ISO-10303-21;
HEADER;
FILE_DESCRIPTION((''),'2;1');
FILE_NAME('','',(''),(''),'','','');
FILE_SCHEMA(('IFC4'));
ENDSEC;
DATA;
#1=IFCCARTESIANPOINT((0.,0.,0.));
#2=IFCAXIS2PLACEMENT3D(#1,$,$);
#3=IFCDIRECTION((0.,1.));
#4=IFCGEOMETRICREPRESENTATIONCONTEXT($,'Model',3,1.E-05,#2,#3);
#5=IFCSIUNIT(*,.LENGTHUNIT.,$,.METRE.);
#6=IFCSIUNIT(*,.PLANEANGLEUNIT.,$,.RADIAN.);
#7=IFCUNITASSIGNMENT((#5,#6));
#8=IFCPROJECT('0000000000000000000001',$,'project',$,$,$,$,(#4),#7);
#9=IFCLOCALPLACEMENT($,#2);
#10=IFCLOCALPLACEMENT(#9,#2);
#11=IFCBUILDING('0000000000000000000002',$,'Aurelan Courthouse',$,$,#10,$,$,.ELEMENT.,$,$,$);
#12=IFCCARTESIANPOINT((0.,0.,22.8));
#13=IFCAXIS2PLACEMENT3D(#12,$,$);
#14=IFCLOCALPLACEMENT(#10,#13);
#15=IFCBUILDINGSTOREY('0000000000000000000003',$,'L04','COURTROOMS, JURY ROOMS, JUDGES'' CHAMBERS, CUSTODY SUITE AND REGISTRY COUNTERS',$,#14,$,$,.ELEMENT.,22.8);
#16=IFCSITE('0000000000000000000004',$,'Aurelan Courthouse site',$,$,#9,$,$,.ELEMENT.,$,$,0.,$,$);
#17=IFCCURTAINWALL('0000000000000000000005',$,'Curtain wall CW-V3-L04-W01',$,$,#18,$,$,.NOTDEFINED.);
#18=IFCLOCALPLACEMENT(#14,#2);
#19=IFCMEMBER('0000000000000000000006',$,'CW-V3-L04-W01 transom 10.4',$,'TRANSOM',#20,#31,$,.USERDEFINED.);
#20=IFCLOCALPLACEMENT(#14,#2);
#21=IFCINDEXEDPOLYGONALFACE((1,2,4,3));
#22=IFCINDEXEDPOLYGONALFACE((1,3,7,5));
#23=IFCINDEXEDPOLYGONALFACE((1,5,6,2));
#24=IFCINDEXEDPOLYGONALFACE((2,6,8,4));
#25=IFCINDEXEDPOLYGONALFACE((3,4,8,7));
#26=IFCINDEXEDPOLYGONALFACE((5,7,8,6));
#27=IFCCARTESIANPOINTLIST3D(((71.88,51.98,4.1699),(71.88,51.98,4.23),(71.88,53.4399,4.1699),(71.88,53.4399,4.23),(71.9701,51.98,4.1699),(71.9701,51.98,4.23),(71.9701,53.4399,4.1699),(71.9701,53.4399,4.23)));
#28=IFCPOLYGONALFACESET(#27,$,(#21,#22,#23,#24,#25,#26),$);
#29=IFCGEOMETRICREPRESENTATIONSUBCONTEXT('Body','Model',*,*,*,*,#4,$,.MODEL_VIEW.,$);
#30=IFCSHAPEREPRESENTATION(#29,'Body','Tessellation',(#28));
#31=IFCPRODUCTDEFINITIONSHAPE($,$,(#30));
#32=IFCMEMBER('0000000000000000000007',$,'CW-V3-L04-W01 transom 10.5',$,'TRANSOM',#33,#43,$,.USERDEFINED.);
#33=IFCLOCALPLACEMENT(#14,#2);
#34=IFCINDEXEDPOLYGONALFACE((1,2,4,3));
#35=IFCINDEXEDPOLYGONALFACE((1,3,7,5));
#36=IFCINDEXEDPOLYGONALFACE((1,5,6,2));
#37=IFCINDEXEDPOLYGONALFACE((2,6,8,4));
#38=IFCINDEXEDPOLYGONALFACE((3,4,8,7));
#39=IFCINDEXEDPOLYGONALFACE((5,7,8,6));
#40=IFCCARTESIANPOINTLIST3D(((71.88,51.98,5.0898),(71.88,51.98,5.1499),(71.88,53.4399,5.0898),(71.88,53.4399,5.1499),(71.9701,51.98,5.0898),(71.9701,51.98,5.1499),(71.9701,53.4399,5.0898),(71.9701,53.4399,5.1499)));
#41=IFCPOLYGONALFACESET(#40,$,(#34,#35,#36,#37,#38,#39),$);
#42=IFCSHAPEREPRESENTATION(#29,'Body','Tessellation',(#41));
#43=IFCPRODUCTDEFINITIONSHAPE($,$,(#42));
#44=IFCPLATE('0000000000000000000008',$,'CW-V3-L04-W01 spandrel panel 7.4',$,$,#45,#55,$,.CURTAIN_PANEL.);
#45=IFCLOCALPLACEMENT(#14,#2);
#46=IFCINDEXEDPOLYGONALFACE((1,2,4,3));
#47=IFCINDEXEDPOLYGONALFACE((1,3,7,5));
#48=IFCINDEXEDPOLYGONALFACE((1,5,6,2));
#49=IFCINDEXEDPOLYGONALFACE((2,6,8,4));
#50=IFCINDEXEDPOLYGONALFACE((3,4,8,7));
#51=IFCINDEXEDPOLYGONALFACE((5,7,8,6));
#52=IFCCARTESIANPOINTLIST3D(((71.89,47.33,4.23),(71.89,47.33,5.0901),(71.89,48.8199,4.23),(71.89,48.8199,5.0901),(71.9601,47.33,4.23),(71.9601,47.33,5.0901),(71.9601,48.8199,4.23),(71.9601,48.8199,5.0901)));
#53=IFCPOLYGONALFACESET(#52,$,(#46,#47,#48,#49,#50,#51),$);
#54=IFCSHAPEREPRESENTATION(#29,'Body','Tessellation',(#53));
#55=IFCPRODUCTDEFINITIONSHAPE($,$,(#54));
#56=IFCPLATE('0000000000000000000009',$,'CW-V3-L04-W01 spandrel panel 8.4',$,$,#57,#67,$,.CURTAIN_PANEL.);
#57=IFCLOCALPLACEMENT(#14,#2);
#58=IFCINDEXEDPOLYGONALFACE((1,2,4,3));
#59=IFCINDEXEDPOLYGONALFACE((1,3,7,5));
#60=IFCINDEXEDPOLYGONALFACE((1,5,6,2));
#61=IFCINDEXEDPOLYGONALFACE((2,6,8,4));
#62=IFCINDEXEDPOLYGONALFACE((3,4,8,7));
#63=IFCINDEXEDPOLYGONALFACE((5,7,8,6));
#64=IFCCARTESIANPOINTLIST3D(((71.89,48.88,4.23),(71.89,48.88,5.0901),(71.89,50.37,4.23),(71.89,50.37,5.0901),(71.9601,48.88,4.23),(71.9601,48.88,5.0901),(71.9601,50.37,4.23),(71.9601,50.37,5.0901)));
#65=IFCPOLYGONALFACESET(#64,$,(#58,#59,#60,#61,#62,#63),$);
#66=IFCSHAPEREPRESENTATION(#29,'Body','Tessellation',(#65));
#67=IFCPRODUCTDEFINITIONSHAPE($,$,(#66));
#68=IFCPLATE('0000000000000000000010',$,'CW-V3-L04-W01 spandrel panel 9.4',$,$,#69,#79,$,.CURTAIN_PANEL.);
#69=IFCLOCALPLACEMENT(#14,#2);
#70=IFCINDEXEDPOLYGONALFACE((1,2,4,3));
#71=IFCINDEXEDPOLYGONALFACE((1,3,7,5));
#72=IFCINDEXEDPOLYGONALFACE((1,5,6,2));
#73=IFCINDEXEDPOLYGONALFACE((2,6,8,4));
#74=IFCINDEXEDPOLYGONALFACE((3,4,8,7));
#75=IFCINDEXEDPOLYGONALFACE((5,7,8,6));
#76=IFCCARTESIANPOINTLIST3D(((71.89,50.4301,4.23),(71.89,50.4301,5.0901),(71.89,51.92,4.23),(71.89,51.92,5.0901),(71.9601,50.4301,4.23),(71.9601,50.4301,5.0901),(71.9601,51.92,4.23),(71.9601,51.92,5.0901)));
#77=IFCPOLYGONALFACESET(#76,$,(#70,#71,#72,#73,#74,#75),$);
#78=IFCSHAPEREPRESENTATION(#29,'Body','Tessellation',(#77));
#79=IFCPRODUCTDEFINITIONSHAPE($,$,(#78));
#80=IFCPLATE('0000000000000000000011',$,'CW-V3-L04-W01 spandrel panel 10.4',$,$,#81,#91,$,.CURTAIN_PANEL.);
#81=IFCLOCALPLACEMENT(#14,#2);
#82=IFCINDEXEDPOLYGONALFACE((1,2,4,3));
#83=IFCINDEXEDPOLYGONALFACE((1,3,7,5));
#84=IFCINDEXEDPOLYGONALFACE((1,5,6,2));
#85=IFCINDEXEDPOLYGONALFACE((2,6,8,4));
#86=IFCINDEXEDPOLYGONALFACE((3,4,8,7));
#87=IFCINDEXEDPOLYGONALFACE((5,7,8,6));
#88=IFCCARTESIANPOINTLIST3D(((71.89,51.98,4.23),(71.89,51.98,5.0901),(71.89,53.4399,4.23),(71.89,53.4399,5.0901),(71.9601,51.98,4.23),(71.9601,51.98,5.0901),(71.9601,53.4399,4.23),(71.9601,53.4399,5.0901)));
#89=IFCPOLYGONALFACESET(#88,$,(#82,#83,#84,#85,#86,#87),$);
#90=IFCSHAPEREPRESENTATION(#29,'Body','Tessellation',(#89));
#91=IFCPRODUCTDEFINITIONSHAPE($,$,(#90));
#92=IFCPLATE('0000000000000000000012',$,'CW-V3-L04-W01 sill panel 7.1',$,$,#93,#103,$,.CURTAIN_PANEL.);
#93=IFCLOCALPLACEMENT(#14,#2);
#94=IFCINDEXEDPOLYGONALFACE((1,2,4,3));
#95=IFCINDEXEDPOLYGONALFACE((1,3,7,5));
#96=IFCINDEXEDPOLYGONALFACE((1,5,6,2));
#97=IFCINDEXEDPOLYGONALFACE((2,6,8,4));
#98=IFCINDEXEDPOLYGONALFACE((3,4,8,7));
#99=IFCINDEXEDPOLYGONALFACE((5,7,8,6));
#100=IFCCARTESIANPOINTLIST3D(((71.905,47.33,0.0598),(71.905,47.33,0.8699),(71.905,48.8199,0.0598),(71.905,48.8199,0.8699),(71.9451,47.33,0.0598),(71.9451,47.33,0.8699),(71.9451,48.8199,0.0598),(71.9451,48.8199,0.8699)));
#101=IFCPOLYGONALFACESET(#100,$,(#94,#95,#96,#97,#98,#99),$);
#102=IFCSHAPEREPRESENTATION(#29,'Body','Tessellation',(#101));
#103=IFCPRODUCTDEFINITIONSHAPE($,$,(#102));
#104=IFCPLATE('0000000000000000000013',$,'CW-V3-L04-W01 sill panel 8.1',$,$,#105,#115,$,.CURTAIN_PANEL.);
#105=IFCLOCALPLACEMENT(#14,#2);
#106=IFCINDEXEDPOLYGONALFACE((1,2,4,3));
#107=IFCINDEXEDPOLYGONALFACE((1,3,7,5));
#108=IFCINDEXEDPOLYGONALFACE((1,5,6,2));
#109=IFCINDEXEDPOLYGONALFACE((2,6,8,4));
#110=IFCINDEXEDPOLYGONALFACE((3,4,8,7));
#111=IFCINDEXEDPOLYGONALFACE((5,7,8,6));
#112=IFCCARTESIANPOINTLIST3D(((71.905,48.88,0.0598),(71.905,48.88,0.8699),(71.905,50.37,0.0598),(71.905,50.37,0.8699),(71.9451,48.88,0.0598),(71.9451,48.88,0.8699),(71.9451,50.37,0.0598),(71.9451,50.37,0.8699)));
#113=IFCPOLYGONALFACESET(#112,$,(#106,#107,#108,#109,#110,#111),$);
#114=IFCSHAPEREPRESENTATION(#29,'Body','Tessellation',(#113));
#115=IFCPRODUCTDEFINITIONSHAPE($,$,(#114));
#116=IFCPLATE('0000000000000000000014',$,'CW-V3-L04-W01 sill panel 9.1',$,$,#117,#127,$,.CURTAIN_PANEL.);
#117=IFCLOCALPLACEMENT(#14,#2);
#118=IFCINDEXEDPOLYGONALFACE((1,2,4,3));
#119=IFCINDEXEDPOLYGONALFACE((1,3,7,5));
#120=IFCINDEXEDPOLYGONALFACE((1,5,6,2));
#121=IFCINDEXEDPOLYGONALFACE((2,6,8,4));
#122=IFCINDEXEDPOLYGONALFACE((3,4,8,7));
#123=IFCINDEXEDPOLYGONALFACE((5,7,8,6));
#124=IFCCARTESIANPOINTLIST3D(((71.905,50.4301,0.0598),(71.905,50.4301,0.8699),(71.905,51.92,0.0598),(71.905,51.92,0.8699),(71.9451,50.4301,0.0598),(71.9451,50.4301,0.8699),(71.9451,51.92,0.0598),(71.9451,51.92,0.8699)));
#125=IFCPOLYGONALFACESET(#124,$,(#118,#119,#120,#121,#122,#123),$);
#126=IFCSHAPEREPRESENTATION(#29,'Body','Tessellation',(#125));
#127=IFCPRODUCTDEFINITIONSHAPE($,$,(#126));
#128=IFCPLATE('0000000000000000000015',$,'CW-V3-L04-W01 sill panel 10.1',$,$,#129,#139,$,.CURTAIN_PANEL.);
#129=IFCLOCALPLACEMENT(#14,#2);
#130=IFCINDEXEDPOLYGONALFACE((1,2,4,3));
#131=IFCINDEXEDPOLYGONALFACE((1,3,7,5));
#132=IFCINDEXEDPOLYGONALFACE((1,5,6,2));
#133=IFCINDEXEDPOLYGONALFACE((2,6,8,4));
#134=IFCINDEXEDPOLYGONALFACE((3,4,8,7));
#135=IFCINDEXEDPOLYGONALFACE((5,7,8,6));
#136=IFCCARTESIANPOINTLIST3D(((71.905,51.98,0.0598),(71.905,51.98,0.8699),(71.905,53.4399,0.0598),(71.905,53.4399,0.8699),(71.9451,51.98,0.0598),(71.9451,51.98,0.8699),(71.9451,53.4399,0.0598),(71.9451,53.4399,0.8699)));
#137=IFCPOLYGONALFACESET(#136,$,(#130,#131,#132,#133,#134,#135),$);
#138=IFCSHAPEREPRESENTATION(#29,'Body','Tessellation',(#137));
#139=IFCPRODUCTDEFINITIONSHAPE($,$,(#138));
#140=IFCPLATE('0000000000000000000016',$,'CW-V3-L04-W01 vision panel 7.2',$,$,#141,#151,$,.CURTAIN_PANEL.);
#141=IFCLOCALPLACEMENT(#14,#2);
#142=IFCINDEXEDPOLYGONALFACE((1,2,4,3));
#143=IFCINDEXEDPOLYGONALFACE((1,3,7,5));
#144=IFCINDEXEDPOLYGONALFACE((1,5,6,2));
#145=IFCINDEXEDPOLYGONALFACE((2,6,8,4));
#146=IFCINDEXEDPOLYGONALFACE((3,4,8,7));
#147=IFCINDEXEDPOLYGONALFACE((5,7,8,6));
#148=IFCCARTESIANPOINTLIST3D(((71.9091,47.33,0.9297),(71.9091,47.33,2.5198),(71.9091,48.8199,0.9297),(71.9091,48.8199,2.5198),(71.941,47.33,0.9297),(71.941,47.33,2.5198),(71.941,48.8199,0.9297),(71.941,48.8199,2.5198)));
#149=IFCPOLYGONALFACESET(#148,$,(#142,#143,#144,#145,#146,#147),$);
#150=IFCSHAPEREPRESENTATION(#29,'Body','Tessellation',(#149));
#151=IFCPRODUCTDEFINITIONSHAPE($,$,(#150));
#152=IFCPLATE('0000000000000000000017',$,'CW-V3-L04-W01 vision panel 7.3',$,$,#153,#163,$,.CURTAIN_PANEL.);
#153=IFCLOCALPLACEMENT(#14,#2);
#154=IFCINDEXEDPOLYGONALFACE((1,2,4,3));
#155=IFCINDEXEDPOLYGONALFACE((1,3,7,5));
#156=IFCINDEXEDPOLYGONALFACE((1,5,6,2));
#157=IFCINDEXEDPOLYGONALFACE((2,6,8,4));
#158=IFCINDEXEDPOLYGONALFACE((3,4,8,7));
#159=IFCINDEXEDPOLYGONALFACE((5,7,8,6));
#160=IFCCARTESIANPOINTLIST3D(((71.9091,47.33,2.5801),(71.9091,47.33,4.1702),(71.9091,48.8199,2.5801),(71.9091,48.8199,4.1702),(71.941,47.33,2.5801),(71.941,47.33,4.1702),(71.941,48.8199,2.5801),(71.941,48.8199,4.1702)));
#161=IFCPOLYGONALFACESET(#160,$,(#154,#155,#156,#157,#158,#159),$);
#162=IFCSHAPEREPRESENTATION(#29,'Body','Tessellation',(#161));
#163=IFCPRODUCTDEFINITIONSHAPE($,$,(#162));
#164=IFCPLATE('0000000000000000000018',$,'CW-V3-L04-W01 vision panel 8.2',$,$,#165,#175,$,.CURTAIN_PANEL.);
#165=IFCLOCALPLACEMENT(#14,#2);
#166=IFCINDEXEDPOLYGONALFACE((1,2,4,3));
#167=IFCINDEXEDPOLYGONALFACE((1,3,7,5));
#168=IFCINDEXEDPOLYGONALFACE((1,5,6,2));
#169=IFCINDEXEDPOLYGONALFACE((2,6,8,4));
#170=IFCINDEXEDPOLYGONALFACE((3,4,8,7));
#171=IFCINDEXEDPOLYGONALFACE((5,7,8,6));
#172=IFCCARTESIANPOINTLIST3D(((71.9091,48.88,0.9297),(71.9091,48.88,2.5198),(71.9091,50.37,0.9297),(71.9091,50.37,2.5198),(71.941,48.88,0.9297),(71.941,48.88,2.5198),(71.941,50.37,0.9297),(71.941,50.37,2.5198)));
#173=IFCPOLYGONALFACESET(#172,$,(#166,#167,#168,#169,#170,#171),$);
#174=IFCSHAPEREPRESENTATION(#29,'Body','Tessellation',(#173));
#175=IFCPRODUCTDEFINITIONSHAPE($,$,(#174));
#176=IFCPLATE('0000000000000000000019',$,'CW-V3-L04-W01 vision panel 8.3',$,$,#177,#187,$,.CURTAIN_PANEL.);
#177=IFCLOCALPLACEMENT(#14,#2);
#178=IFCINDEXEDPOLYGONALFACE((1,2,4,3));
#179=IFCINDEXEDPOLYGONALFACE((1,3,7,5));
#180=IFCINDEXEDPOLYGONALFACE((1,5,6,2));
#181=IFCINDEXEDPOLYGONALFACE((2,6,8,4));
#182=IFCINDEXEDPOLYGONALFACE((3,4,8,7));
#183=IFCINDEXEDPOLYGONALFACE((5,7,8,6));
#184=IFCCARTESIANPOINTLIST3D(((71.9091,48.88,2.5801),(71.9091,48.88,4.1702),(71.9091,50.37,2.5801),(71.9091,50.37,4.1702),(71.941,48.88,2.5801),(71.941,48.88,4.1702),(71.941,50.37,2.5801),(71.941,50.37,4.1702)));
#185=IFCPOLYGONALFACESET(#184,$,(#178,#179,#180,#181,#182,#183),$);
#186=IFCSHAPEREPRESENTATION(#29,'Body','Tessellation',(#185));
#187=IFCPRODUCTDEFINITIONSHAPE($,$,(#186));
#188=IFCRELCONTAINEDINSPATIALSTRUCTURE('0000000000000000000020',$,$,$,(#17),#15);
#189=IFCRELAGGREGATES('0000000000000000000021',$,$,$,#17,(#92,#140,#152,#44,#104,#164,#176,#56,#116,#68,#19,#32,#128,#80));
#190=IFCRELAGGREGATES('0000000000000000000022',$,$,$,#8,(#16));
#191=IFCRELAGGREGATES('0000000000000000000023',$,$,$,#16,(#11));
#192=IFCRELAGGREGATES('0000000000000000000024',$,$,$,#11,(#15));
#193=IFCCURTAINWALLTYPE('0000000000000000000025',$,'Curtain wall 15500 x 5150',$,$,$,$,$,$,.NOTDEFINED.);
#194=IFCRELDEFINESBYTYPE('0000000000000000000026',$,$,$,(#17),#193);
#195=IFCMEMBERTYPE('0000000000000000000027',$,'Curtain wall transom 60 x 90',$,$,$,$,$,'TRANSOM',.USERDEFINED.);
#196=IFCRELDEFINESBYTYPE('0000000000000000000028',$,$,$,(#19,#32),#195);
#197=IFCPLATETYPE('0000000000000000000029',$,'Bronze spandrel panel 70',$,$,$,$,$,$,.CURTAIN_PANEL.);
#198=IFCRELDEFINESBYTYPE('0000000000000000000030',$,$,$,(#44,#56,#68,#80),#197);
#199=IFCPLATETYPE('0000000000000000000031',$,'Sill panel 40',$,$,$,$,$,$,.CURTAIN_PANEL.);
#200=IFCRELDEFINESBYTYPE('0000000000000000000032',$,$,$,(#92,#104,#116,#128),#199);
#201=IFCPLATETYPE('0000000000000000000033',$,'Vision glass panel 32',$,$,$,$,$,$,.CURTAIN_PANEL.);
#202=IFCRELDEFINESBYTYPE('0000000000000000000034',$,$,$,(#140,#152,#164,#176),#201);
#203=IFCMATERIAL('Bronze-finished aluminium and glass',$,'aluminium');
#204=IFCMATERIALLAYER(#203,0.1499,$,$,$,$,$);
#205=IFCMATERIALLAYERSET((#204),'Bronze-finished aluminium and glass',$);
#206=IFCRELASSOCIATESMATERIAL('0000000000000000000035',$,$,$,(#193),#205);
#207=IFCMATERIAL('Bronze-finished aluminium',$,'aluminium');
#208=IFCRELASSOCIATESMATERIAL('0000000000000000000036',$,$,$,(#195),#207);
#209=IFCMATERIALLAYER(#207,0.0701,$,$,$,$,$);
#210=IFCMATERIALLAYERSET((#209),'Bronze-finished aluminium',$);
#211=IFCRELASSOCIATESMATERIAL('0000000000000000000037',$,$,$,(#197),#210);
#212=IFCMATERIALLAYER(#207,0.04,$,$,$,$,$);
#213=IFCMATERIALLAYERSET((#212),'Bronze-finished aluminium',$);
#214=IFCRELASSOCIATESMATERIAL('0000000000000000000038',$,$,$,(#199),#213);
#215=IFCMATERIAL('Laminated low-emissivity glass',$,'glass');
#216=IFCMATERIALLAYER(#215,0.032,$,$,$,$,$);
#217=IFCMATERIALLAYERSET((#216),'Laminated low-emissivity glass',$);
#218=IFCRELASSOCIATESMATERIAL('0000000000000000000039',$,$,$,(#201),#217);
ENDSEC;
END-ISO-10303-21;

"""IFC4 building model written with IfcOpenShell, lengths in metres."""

from ifc_helpers import new_model, si_unit, direction, frame, origin, origin_2d, place, context, subcontext, project, spatial, rectangle, extrude, material, layer, layer_set, material_profile, profile_set, type_object, element, aggregate, save


model = new_model("IFC4")

# Units and contexts
model_context = context("Model", 3, precision=1e-05, world=origin(), true_north=direction((0.0, 1.0)))
body_context = subcontext(model_context, "Body", "Model", "MODEL_VIEW")
ifc_project = project(units=[si_unit("LENGTHUNIT", "METRE"), si_unit("PLANEANGLEUNIT", "RADIAN")], contexts=[model_context])

# Site, building, storey
site_placement = place(None, origin())
site = spatial("IfcSite", under=ifc_project, at=site_placement, Name="Aurelan Courthouse site", CompositionType="ELEMENT", RefElevation=0.0)
building_placement = place(site_placement, origin())
building = spatial("IfcBuilding", under=site, at=building_placement, Name="Aurelan Courthouse", CompositionType="ELEMENT")
storey_placement = place(building_placement, frame((0.0, 0.0, 22.8)))
storey = spatial("IfcBuildingStorey", under=building, at=storey_placement, Name="L04", Description="COURTROOMS, JURY ROOMS, JUDGES' CHAMBERS, CUSTODY SUITE AND REGISTRY COUNTERS", CompositionType="ELEMENT", Elevation=22.8)

# Curtain wall, members, plates
ifc_material_1 = material(Name="Bronze-finished aluminium and glass", Category="aluminium")
ifc_layer_1 = layer(ifc_material_1, 0.1499)
ifc_layer_set_1 = layer_set([ifc_layer_1], Name="Bronze-finished aluminium and glass")
curtain_wall_type = type_object("IfcCurtainWallType", Name="Curtain wall 15500 x 5150", PredefinedType="NOTDEFINED", material=ifc_layer_set_1)
curtain_wall_placement = place(storey_placement, origin())
curtain_wall = element("IfcCurtainWall", 1, at=curtain_wall_placement, inside=storey, type_object=curtain_wall_type, Name="Curtain wall CW-V3-L04-W01", PredefinedType="NOTDEFINED")
ifc_material_2 = material(Name="Bronze-finished aluminium", Category="aluminium")
ifc_material_profile_1 = material_profile(ifc_material_2, rectangle(XDim=0.0901, YDim=0.0601, at=origin_2d()), Name="Bronze transom 60 x 90")
ifc_profile_set_1 = profile_set([ifc_material_profile_1], Name="Bronze-finished aluminium")
member_type = type_object("IfcMemberType", Name="Curtain wall transom 60 x 90", ElementType="TRANSOM", PredefinedType="USERDEFINED", material=ifc_profile_set_1)
member_1_placement = place(storey_placement, frame((71.925, 51.98, 4.2), z_axis=(0.0, 1.0, 0.0), x_axis=(-1.0, 0.0, 0.0)))
member_1 = element("IfcMember", 2, at=member_1_placement, type_object=member_type, Name="CW-V3-L04-W01 transom 10.4", ObjectType="TRANSOM", PredefinedType="USERDEFINED", context=body_context, shape_type="SweptSolid", body=[
    extrude(rectangle(XDim=0.0901, YDim=0.0601, at=origin_2d()), origin(), (0.0, 0.0, 1.0), 1.46),
])
member_2_placement = place(storey_placement, frame((71.925, 51.98, 5.1199), z_axis=(0.0, 1.0, 0.0), x_axis=(-1.0, 0.0, 0.0)))
member_2 = element("IfcMember", 3, at=member_2_placement, type_object=member_type, Name="CW-V3-L04-W01 transom 10.5", ObjectType="TRANSOM", PredefinedType="USERDEFINED", context=body_context, shape_type="SweptSolid", body=[
    extrude(rectangle(XDim=0.0901, YDim=0.0601, at=origin_2d()), origin(), (0.0, 0.0, 1.0), 1.46),
])
ifc_layer_2 = layer(ifc_material_2, 0.0701)
ifc_layer_set_2 = layer_set([ifc_layer_2], Name="Bronze-finished aluminium")
plate_type_1 = type_object("IfcPlateType", Name="Bronze spandrel panel 70", PredefinedType="CURTAIN_PANEL", material=ifc_layer_set_2)
plate_1_placement = place(storey_placement, frame((71.925, 48.075, 4.23), z_axis=(0.0, 0.0, 1.0), x_axis=(0.0, 1.0, 0.0)))
plate_1 = element("IfcPlate", 4, at=plate_1_placement, type_object=plate_type_1, Name="CW-V3-L04-W01 spandrel panel 7.4", PredefinedType="CURTAIN_PANEL", context=body_context, shape_type="SweptSolid", body=[
    extrude(rectangle(XDim=1.49, YDim=0.0701, at=origin_2d()), origin(), (0.0, 0.0, 1.0), 0.8601),
])
plate_2_placement = place(storey_placement, frame((71.925, 49.625, 4.23), z_axis=(0.0, 0.0, 1.0), x_axis=(0.0, 1.0, 0.0)))
plate_2 = element("IfcPlate", 5, at=plate_2_placement, type_object=plate_type_1, Name="CW-V3-L04-W01 spandrel panel 8.4", PredefinedType="CURTAIN_PANEL", context=body_context, shape_type="SweptSolid", body=[
    extrude(rectangle(XDim=1.49, YDim=0.0701, at=origin_2d()), origin(), (0.0, 0.0, 1.0), 0.8601),
])
plate_3_placement = place(storey_placement, frame((71.925, 51.175, 4.23), z_axis=(0.0, 0.0, 1.0), x_axis=(0.0, 1.0, 0.0)))
plate_3 = element("IfcPlate", 6, at=plate_3_placement, type_object=plate_type_1, Name="CW-V3-L04-W01 spandrel panel 9.4", PredefinedType="CURTAIN_PANEL", context=body_context, shape_type="SweptSolid", body=[
    extrude(rectangle(XDim=1.49, YDim=0.0701, at=origin_2d()), origin(), (0.0, 0.0, 1.0), 0.8601),
])
plate_4_placement = place(storey_placement, frame((71.925, 52.71, 4.23), z_axis=(0.0, 0.0, 1.0), x_axis=(0.0, 1.0, 0.0)))
plate_4 = element("IfcPlate", 7, at=plate_4_placement, type_object=plate_type_1, Name="CW-V3-L04-W01 spandrel panel 10.4", PredefinedType="CURTAIN_PANEL", context=body_context, shape_type="SweptSolid", body=[
    extrude(rectangle(XDim=1.46, YDim=0.0701, at=origin_2d()), origin(), (0.0, 0.0, 1.0), 0.8601),
])
ifc_layer_3 = layer(ifc_material_2, 0.04)
ifc_layer_set_3 = layer_set([ifc_layer_3], Name="Bronze-finished aluminium")
plate_type_2 = type_object("IfcPlateType", Name="Sill panel 40", PredefinedType="CURTAIN_PANEL", material=ifc_layer_set_3)
plate_5_placement = place(storey_placement, frame((71.925, 48.075, 0.0598), z_axis=(0.0, 0.0, 1.0), x_axis=(0.0, 1.0, 0.0)))
plate_5 = element("IfcPlate", 8, at=plate_5_placement, type_object=plate_type_2, Name="CW-V3-L04-W01 sill panel 7.1", PredefinedType="CURTAIN_PANEL", context=body_context, shape_type="SweptSolid", body=[
    extrude(rectangle(XDim=1.49, YDim=0.04, at=origin_2d()), origin(), (0.0, 0.0, 1.0), 0.8101),
])
plate_6_placement = place(storey_placement, frame((71.925, 49.625, 0.0598), z_axis=(0.0, 0.0, 1.0), x_axis=(0.0, 1.0, 0.0)))
plate_6 = element("IfcPlate", 9, at=plate_6_placement, type_object=plate_type_2, Name="CW-V3-L04-W01 sill panel 8.1", PredefinedType="CURTAIN_PANEL", context=body_context, shape_type="SweptSolid", body=[
    extrude(rectangle(XDim=1.49, YDim=0.04, at=origin_2d()), origin(), (0.0, 0.0, 1.0), 0.8101),
])
plate_7_placement = place(storey_placement, frame((71.925, 51.175, 0.0598), z_axis=(0.0, 0.0, 1.0), x_axis=(0.0, 1.0, 0.0)))
plate_7 = element("IfcPlate", 10, at=plate_7_placement, type_object=plate_type_2, Name="CW-V3-L04-W01 sill panel 9.1", PredefinedType="CURTAIN_PANEL", context=body_context, shape_type="SweptSolid", body=[
    extrude(rectangle(XDim=1.49, YDim=0.04, at=origin_2d()), origin(), (0.0, 0.0, 1.0), 0.8101),
])
plate_8_placement = place(storey_placement, frame((71.925, 52.71, 0.0598), z_axis=(0.0, 0.0, 1.0), x_axis=(0.0, 1.0, 0.0)))
plate_8 = element("IfcPlate", 11, at=plate_8_placement, type_object=plate_type_2, Name="CW-V3-L04-W01 sill panel 10.1", PredefinedType="CURTAIN_PANEL", context=body_context, shape_type="SweptSolid", body=[
    extrude(rectangle(XDim=1.46, YDim=0.04, at=origin_2d()), origin(), (0.0, 0.0, 1.0), 0.8101),
])
ifc_material_3 = material(Name="Laminated low-emissivity glass", Category="glass")
ifc_layer_4 = layer(ifc_material_3, 0.032)
ifc_layer_set_4 = layer_set([ifc_layer_4], Name="Laminated low-emissivity glass")
plate_type_3 = type_object("IfcPlateType", Name="Vision glass panel 32", PredefinedType="CURTAIN_PANEL", material=ifc_layer_set_4)
plate_9_placement = place(storey_placement, frame((71.925, 48.075, 0.9297), z_axis=(0.0, 0.0, 1.0), x_axis=(0.0, 1.0, 0.0)))
plate_9 = element("IfcPlate", 12, at=plate_9_placement, type_object=plate_type_3, Name="CW-V3-L04-W01 vision panel 7.2", PredefinedType="CURTAIN_PANEL", context=body_context, shape_type="SweptSolid", body=[
    extrude(rectangle(XDim=1.49, YDim=0.032, at=origin_2d()), origin(), (0.0, 0.0, 1.0), 1.5901),
])
plate_10_placement = place(storey_placement, frame((71.925, 48.075, 2.5801), z_axis=(0.0, 0.0, 1.0), x_axis=(0.0, 1.0, 0.0)))
plate_10 = element("IfcPlate", 13, at=plate_10_placement, type_object=plate_type_3, Name="CW-V3-L04-W01 vision panel 7.3", PredefinedType="CURTAIN_PANEL", context=body_context, shape_type="SweptSolid", body=[
    extrude(rectangle(XDim=1.49, YDim=0.032, at=origin_2d()), origin(), (0.0, 0.0, 1.0), 1.5901),
])
plate_11_placement = place(storey_placement, frame((71.925, 49.625, 0.9297), z_axis=(0.0, 0.0, 1.0), x_axis=(0.0, 1.0, 0.0)))
plate_11 = element("IfcPlate", 14, at=plate_11_placement, type_object=plate_type_3, Name="CW-V3-L04-W01 vision panel 8.2", PredefinedType="CURTAIN_PANEL", context=body_context, shape_type="SweptSolid", body=[
    extrude(rectangle(XDim=1.49, YDim=0.032, at=origin_2d()), origin(), (0.0, 0.0, 1.0), 1.5901),
])
plate_12_placement = place(storey_placement, frame((71.925, 49.625, 2.5801), z_axis=(0.0, 0.0, 1.0), x_axis=(0.0, 1.0, 0.0)))
plate_12 = element("IfcPlate", 15, at=plate_12_placement, type_object=plate_type_3, Name="CW-V3-L04-W01 vision panel 8.3", PredefinedType="CURTAIN_PANEL", context=body_context, shape_type="SweptSolid", body=[
    extrude(rectangle(XDim=1.49, YDim=0.032, at=origin_2d()), origin(), (0.0, 0.0, 1.0), 1.5901),
])
aggregate(curtain_wall, [plate_5, plate_9, plate_10, plate_1, plate_6, plate_11, plate_12, plate_2, plate_7, plate_3, member_1, member_2, plate_8, plate_4])

save(model, "model.ifc")
